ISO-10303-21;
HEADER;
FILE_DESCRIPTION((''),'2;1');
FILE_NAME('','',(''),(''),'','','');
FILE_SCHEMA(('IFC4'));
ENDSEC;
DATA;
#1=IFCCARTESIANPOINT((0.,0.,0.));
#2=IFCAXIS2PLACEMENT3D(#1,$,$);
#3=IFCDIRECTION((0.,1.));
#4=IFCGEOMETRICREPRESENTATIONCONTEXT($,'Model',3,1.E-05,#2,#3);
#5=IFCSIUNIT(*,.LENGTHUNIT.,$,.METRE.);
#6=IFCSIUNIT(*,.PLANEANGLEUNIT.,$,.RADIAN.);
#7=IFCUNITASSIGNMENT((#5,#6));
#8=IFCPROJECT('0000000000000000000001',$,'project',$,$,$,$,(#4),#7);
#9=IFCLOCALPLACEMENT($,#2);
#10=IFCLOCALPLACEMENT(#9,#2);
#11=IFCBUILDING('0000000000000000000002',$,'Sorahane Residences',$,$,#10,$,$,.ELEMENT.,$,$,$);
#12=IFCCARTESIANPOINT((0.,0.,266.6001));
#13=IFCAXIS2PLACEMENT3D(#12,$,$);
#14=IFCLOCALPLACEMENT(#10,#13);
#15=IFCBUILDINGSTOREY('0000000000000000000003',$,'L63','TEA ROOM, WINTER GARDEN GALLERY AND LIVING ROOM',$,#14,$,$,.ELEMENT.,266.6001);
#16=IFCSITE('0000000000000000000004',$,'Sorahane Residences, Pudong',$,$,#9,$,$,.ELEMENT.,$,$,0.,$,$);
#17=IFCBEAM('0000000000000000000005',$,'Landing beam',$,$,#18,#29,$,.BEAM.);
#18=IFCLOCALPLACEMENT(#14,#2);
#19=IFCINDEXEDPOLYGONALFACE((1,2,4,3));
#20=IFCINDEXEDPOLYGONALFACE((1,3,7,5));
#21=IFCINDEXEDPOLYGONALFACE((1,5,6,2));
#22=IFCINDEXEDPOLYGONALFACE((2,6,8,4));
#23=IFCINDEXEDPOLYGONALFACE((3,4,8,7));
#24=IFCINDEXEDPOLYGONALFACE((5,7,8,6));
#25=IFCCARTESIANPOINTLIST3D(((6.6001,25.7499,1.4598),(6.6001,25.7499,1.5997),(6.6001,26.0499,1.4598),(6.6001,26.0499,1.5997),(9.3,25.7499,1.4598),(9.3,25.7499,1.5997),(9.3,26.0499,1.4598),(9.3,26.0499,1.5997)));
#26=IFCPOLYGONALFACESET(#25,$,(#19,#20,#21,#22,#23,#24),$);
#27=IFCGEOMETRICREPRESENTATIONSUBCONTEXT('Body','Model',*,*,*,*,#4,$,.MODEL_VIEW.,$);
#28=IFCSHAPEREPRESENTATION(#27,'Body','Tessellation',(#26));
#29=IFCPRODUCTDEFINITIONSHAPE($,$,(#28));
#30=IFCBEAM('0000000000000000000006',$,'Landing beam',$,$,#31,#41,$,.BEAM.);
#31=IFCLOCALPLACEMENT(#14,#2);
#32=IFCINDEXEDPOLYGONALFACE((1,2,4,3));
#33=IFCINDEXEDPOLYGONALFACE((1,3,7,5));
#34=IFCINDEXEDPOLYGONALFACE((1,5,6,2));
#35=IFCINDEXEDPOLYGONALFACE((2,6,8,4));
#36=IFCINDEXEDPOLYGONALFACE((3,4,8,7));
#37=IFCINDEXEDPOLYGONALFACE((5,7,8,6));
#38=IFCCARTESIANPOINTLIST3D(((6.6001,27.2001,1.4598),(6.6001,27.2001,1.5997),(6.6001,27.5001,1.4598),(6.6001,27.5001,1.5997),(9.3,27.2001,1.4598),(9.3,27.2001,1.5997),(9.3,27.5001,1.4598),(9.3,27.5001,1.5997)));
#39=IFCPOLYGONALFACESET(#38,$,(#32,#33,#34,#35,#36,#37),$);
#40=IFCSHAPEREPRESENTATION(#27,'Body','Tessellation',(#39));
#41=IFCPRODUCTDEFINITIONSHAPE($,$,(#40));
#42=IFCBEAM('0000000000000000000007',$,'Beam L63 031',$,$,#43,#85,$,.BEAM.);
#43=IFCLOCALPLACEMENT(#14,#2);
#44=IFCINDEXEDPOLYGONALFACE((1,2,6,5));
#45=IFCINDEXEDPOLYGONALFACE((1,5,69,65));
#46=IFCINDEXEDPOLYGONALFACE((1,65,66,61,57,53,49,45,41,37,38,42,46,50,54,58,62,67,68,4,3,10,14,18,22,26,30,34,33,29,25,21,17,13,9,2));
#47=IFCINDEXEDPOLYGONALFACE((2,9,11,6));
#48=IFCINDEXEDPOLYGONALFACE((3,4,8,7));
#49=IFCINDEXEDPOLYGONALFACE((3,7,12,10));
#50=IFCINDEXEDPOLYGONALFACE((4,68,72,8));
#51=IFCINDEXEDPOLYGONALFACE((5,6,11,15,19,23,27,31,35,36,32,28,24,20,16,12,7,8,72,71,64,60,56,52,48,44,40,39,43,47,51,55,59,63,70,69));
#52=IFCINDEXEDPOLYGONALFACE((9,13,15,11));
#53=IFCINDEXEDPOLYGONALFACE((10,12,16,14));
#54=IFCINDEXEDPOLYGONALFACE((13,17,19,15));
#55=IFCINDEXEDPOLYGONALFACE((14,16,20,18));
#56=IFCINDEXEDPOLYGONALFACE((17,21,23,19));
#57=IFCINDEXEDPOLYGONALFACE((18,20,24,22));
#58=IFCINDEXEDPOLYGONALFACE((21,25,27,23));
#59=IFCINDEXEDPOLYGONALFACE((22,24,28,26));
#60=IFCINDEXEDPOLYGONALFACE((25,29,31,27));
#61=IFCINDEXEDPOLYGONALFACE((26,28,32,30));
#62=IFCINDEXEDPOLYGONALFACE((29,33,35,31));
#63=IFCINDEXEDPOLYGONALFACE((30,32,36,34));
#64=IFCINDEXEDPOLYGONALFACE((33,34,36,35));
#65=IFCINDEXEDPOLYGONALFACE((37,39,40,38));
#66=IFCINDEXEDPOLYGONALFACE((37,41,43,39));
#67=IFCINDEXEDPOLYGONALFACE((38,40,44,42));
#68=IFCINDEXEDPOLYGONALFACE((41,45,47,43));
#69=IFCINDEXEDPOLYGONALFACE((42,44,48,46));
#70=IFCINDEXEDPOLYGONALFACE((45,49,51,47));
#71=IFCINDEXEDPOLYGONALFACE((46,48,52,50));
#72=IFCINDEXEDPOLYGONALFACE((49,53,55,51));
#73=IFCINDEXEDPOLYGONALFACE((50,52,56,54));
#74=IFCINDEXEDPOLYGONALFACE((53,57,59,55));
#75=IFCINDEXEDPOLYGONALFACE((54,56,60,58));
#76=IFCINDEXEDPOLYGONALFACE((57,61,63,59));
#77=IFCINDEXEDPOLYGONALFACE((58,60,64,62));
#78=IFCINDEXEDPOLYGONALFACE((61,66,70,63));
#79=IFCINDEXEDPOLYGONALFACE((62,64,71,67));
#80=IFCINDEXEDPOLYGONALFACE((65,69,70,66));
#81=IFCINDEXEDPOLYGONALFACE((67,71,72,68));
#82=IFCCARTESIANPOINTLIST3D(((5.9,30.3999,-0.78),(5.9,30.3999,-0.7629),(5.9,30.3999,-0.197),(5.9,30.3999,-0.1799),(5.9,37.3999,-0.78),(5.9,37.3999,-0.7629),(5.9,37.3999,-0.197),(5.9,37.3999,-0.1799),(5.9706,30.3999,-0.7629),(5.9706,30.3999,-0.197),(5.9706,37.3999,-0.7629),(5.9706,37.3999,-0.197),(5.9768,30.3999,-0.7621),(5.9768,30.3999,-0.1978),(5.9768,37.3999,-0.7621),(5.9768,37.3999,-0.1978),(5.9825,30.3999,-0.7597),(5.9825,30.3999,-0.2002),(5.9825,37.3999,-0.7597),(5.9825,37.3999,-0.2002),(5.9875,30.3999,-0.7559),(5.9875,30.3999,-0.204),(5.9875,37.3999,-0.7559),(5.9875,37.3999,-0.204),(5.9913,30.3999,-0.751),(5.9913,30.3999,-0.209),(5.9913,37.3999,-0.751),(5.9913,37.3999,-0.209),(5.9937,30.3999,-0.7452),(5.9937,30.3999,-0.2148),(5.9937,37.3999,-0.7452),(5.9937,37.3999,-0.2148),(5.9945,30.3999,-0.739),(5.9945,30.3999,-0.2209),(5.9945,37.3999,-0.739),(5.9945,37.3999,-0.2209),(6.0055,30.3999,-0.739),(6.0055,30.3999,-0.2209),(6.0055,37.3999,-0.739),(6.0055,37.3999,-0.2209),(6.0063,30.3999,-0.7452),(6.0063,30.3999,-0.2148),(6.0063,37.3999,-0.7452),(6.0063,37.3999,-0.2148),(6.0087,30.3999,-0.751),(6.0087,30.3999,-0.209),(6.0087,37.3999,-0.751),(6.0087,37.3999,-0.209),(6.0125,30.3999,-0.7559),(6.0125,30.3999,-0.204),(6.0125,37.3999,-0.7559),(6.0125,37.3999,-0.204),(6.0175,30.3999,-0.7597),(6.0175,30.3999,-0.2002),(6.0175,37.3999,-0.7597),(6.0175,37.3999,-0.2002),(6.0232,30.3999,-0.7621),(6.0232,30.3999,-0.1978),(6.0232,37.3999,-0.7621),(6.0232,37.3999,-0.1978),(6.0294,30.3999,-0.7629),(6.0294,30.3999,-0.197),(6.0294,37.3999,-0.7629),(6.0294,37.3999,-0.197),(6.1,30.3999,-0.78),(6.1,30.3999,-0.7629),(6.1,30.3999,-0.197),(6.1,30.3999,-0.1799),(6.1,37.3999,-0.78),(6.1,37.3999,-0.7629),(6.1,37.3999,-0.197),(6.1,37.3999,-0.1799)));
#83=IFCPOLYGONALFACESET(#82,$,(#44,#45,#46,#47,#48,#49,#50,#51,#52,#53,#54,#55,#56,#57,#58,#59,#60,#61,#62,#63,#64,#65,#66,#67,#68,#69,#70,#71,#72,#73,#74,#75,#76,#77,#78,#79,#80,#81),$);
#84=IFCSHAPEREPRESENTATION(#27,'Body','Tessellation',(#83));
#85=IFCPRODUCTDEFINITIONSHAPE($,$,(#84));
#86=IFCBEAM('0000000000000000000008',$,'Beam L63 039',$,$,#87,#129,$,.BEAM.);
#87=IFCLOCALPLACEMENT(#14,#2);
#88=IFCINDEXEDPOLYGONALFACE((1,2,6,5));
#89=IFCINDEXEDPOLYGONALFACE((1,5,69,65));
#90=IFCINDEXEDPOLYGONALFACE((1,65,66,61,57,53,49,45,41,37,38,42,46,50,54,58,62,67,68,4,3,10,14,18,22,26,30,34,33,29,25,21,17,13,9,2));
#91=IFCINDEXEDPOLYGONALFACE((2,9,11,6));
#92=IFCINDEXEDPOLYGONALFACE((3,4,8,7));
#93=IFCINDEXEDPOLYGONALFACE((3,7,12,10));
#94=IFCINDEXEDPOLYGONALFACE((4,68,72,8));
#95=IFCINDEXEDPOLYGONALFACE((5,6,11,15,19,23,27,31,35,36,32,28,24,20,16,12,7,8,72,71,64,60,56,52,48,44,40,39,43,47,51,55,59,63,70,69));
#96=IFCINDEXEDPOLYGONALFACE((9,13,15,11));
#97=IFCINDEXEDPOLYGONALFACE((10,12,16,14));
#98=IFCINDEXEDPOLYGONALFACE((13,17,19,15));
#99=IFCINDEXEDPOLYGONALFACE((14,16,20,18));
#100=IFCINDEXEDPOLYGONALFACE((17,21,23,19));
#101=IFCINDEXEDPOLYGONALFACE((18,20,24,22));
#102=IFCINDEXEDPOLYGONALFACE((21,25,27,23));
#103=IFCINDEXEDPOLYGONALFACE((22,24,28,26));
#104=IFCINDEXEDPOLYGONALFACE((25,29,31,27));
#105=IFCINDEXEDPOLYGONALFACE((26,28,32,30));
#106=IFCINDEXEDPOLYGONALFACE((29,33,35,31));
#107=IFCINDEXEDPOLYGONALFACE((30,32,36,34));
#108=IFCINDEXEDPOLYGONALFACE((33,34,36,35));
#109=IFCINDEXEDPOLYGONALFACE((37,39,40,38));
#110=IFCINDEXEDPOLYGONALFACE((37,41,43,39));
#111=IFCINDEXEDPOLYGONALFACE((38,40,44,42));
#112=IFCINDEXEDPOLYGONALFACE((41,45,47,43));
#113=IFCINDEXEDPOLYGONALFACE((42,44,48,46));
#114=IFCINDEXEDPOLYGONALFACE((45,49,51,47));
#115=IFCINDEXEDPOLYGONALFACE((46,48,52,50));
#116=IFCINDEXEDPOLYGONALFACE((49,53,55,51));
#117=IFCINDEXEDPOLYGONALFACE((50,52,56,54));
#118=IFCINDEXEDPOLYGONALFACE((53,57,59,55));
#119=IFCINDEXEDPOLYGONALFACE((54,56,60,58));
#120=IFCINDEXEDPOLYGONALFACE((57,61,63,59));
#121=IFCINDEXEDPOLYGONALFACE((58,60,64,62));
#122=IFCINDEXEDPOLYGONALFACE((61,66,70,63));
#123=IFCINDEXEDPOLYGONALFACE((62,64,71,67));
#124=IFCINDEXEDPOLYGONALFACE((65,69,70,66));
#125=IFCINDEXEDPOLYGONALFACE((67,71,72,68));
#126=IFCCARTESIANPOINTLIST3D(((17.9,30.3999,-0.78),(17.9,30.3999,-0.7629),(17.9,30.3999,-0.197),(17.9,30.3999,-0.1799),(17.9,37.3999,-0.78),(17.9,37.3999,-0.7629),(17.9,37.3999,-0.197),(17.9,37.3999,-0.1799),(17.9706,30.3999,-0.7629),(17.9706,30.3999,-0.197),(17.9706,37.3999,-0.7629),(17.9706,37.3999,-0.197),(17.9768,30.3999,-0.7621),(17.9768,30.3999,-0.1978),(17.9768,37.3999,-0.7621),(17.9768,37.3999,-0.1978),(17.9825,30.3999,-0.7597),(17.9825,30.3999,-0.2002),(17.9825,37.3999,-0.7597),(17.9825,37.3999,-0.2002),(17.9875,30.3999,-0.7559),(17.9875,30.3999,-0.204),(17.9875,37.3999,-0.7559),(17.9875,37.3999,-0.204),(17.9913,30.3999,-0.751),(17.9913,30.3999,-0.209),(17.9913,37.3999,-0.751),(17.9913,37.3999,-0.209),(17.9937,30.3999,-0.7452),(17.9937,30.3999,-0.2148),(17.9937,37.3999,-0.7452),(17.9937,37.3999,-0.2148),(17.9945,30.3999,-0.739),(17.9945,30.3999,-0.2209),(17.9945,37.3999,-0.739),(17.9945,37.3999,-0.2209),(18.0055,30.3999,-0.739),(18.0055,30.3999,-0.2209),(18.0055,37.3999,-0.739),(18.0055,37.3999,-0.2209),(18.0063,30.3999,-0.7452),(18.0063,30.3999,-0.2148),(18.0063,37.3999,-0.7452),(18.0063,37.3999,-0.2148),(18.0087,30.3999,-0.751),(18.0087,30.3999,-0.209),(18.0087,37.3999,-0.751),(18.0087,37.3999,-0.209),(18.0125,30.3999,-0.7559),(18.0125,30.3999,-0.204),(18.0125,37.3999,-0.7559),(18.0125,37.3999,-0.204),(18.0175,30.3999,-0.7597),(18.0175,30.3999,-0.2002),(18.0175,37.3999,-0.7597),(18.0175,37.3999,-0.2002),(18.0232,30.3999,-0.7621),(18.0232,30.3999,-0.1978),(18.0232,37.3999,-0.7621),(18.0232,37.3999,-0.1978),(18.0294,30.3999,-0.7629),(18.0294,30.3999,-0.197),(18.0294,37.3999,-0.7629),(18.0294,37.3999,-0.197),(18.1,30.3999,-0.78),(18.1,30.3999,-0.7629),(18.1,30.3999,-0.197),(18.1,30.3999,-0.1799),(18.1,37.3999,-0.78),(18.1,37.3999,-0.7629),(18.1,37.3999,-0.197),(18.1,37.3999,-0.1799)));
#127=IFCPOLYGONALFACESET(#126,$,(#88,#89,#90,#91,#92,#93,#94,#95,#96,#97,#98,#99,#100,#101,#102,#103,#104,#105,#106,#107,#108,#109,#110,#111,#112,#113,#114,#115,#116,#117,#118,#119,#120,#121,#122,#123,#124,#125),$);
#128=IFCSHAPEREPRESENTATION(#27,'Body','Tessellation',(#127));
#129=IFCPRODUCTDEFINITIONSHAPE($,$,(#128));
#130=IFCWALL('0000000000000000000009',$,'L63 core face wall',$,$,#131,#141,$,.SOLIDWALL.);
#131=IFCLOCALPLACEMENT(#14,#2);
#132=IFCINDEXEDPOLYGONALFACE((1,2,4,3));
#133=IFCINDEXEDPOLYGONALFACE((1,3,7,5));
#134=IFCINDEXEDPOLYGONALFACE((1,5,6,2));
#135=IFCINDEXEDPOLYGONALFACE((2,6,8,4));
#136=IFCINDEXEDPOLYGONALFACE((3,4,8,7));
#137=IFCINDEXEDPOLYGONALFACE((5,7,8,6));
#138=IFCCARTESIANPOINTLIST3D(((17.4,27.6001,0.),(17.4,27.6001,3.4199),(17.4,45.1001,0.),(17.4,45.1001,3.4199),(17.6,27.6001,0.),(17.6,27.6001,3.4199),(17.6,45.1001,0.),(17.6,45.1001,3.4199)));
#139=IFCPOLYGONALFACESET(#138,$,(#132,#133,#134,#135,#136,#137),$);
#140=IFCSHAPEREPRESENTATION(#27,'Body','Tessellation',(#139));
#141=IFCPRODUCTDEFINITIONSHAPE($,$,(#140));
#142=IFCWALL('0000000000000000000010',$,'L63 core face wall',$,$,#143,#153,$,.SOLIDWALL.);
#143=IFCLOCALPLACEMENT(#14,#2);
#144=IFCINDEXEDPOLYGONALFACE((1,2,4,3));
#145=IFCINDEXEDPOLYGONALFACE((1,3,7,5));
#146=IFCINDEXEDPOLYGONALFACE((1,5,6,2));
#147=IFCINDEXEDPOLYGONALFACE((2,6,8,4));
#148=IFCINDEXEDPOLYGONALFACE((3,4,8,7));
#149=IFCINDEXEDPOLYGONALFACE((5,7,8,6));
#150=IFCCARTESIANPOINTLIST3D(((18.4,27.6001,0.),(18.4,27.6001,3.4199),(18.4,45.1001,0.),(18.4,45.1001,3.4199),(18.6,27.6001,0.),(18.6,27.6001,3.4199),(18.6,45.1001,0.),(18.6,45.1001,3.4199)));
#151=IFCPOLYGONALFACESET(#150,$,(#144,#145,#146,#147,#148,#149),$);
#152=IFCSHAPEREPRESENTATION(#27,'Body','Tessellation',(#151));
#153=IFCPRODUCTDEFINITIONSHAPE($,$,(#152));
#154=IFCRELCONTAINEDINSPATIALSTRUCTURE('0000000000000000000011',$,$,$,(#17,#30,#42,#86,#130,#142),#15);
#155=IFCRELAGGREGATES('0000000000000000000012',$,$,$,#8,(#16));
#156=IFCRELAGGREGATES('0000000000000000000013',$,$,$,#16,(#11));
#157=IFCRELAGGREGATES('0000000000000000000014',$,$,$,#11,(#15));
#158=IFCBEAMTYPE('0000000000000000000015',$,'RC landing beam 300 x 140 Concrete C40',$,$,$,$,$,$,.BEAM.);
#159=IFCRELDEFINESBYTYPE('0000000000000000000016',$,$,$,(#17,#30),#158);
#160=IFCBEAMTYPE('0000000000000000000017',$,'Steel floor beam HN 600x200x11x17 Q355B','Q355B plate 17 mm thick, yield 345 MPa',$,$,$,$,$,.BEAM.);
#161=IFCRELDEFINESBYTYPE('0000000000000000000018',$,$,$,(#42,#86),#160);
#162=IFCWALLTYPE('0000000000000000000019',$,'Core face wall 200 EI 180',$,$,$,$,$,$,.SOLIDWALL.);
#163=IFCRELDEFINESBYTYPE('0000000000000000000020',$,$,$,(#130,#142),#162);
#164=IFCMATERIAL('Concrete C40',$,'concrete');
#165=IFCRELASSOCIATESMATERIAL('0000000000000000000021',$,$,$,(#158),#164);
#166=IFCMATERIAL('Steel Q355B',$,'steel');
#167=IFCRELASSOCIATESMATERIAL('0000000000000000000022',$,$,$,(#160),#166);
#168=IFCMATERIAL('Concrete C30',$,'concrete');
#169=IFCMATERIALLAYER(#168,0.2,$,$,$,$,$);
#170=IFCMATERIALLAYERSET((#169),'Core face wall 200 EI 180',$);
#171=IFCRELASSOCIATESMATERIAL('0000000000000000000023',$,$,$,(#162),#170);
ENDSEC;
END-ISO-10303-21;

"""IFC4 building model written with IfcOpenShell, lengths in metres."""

from ifc_helpers import new_model, si_unit, direction, frame, frame_2d, origin, origin_2d, place, context, subcontext, project, spatial, rectangle, i_section, extrude, material, layer, layer_set, material_profile, profile_set, type_object, element, save


model = new_model("IFC4")

# Units and contexts
model_context = context("Model", 3, precision=1e-05, world=origin(), true_north=direction((0.0, 1.0)))
body_context = subcontext(model_context, "Body", "Model", "MODEL_VIEW")
ifc_project = project(units=[si_unit("LENGTHUNIT", "METRE"), si_unit("PLANEANGLEUNIT", "RADIAN")], contexts=[model_context])

# Site, building, storey
site_placement = place(None, origin())
site = spatial("IfcSite", under=ifc_project, at=site_placement, Name="Sorahane Residences, Pudong", CompositionType="ELEMENT", RefElevation=0.0)
building_placement = place(site_placement, origin())
building = spatial("IfcBuilding", under=site, at=building_placement, Name="Sorahane Residences", CompositionType="ELEMENT")
storey_placement = place(building_placement, frame((0.0, 0.0, 266.6001)))
storey = spatial("IfcBuildingStorey", under=building, at=storey_placement, Name="L63", Description="TEA ROOM, WINTER GARDEN GALLERY AND LIVING ROOM", CompositionType="ELEMENT", Elevation=266.6001)

# Beams
ifc_material_1 = material(Name="Concrete C40", Category="concrete")
ifc_material_profile_1 = material_profile(ifc_material_1, rectangle(XDim=0.3, YDim=0.1399, at=origin_2d()), Name="300x140")
ifc_profile_set_1 = profile_set([ifc_material_profile_1], Name="Concrete C40")
beam_type_1 = type_object("IfcBeamType", Name="RC landing beam 300 x 140 Concrete C40", PredefinedType="BEAM", material=ifc_profile_set_1)
for number, where, z_axis, x_axis, name in (
    (1, (6.6001, 25.8999, 1.5298), (1.0, 0.0, 0.0), (0.0, 1.0, 0.0), "Landing beam"),
    (2, (6.6001, 27.3501, 1.5298), (1.0, 0.0, 0.0), (0.0, 1.0, 0.0), "Landing beam"),
):
    element("IfcBeam", number, at=place(storey_placement, frame(where, z_axis=z_axis, x_axis=x_axis)), inside=storey, type_object=beam_type_1, Name=name, PredefinedType="BEAM", context=body_context, shape_type="SweptSolid", body=[
        extrude(rectangle(XDim=0.3, YDim=0.1399, at=origin_2d()), origin(), (0.0, 0.0, 1.0), 2.7),
    ])
ifc_material_2 = material(Name="Steel Q355B", Category="steel")
ifc_material_profile_2 = material_profile(ifc_material_2, i_section(OverallWidth=0.2, OverallDepth=0.6001, WebThickness=0.011, FlangeThickness=0.0171, FilletRadius=0.0239, at=origin_2d()), Name="HN 600x200x11x17")
ifc_profile_set_2 = profile_set([ifc_material_profile_2], Name="Steel Q355B")
beam_type_2 = type_object("IfcBeamType", Name="Steel floor beam HN 600x200x11x17 Q355B", Description="Q355B plate 17 mm thick, yield 345 MPa", PredefinedType="BEAM", material=ifc_profile_set_2)
for number, where, z_axis, x_axis, name in (
    (3, (6.0, 30.3999, -0.48), (0.0, 1.0, 0.0), (-1.0, 0.0, 0.0), "Beam L63 031"),
    (4, (18.0, 30.3999, -0.48), (0.0, 1.0, 0.0), (-1.0, 0.0, 0.0), "Beam L63 039"),
):
    element("IfcBeam", number, at=place(storey_placement, frame(where, z_axis=z_axis, x_axis=x_axis)), inside=storey, type_object=beam_type_2, Name=name, PredefinedType="BEAM", context=body_context, shape_type="SweptSolid", body=[
        extrude(i_section(OverallWidth=0.2, OverallDepth=0.6001, WebThickness=0.011, FlangeThickness=0.0171, FilletRadius=0.0239, at=origin_2d()), origin(), (0.0, 0.0, 1.0), 7.0),
    ])

# Walls
ifc_material_3 = material(Name="Concrete C30", Category="concrete")
ifc_layer_1 = layer(ifc_material_3, 0.2)
ifc_layer_set_1 = layer_set([ifc_layer_1], Name="Core face wall 200 EI 180")
wall_type_1 = type_object("IfcWallType", Name="Core face wall 200 EI 180", PredefinedType="SOLIDWALL", material=ifc_layer_set_1)
for number, where, z_axis, x_axis, name in (
    (5, (17.5, 27.6001, 0.0), (0.0, 0.0, 1.0), (0.0, 1.0, 0.0), "L63 core face wall"),
    (6, (18.5, 27.6001, 0.0), (0.0, 0.0, 1.0), (0.0, 1.0, 0.0), "L63 core face wall"),
):
    element("IfcWall", number, at=place(storey_placement, frame(where, z_axis=z_axis, x_axis=x_axis)), inside=storey, type_object=wall_type_1, Name=name, PredefinedType="SOLIDWALL", context=body_context, shape_type="SweptSolid", body=[
        extrude(rectangle(XDim=17.5, YDim=0.2, at=frame_2d((8.75, 0.0))), origin(), (0.0, 0.0, 1.0), 3.4199),
    ])

save(model, "model.ifc")
